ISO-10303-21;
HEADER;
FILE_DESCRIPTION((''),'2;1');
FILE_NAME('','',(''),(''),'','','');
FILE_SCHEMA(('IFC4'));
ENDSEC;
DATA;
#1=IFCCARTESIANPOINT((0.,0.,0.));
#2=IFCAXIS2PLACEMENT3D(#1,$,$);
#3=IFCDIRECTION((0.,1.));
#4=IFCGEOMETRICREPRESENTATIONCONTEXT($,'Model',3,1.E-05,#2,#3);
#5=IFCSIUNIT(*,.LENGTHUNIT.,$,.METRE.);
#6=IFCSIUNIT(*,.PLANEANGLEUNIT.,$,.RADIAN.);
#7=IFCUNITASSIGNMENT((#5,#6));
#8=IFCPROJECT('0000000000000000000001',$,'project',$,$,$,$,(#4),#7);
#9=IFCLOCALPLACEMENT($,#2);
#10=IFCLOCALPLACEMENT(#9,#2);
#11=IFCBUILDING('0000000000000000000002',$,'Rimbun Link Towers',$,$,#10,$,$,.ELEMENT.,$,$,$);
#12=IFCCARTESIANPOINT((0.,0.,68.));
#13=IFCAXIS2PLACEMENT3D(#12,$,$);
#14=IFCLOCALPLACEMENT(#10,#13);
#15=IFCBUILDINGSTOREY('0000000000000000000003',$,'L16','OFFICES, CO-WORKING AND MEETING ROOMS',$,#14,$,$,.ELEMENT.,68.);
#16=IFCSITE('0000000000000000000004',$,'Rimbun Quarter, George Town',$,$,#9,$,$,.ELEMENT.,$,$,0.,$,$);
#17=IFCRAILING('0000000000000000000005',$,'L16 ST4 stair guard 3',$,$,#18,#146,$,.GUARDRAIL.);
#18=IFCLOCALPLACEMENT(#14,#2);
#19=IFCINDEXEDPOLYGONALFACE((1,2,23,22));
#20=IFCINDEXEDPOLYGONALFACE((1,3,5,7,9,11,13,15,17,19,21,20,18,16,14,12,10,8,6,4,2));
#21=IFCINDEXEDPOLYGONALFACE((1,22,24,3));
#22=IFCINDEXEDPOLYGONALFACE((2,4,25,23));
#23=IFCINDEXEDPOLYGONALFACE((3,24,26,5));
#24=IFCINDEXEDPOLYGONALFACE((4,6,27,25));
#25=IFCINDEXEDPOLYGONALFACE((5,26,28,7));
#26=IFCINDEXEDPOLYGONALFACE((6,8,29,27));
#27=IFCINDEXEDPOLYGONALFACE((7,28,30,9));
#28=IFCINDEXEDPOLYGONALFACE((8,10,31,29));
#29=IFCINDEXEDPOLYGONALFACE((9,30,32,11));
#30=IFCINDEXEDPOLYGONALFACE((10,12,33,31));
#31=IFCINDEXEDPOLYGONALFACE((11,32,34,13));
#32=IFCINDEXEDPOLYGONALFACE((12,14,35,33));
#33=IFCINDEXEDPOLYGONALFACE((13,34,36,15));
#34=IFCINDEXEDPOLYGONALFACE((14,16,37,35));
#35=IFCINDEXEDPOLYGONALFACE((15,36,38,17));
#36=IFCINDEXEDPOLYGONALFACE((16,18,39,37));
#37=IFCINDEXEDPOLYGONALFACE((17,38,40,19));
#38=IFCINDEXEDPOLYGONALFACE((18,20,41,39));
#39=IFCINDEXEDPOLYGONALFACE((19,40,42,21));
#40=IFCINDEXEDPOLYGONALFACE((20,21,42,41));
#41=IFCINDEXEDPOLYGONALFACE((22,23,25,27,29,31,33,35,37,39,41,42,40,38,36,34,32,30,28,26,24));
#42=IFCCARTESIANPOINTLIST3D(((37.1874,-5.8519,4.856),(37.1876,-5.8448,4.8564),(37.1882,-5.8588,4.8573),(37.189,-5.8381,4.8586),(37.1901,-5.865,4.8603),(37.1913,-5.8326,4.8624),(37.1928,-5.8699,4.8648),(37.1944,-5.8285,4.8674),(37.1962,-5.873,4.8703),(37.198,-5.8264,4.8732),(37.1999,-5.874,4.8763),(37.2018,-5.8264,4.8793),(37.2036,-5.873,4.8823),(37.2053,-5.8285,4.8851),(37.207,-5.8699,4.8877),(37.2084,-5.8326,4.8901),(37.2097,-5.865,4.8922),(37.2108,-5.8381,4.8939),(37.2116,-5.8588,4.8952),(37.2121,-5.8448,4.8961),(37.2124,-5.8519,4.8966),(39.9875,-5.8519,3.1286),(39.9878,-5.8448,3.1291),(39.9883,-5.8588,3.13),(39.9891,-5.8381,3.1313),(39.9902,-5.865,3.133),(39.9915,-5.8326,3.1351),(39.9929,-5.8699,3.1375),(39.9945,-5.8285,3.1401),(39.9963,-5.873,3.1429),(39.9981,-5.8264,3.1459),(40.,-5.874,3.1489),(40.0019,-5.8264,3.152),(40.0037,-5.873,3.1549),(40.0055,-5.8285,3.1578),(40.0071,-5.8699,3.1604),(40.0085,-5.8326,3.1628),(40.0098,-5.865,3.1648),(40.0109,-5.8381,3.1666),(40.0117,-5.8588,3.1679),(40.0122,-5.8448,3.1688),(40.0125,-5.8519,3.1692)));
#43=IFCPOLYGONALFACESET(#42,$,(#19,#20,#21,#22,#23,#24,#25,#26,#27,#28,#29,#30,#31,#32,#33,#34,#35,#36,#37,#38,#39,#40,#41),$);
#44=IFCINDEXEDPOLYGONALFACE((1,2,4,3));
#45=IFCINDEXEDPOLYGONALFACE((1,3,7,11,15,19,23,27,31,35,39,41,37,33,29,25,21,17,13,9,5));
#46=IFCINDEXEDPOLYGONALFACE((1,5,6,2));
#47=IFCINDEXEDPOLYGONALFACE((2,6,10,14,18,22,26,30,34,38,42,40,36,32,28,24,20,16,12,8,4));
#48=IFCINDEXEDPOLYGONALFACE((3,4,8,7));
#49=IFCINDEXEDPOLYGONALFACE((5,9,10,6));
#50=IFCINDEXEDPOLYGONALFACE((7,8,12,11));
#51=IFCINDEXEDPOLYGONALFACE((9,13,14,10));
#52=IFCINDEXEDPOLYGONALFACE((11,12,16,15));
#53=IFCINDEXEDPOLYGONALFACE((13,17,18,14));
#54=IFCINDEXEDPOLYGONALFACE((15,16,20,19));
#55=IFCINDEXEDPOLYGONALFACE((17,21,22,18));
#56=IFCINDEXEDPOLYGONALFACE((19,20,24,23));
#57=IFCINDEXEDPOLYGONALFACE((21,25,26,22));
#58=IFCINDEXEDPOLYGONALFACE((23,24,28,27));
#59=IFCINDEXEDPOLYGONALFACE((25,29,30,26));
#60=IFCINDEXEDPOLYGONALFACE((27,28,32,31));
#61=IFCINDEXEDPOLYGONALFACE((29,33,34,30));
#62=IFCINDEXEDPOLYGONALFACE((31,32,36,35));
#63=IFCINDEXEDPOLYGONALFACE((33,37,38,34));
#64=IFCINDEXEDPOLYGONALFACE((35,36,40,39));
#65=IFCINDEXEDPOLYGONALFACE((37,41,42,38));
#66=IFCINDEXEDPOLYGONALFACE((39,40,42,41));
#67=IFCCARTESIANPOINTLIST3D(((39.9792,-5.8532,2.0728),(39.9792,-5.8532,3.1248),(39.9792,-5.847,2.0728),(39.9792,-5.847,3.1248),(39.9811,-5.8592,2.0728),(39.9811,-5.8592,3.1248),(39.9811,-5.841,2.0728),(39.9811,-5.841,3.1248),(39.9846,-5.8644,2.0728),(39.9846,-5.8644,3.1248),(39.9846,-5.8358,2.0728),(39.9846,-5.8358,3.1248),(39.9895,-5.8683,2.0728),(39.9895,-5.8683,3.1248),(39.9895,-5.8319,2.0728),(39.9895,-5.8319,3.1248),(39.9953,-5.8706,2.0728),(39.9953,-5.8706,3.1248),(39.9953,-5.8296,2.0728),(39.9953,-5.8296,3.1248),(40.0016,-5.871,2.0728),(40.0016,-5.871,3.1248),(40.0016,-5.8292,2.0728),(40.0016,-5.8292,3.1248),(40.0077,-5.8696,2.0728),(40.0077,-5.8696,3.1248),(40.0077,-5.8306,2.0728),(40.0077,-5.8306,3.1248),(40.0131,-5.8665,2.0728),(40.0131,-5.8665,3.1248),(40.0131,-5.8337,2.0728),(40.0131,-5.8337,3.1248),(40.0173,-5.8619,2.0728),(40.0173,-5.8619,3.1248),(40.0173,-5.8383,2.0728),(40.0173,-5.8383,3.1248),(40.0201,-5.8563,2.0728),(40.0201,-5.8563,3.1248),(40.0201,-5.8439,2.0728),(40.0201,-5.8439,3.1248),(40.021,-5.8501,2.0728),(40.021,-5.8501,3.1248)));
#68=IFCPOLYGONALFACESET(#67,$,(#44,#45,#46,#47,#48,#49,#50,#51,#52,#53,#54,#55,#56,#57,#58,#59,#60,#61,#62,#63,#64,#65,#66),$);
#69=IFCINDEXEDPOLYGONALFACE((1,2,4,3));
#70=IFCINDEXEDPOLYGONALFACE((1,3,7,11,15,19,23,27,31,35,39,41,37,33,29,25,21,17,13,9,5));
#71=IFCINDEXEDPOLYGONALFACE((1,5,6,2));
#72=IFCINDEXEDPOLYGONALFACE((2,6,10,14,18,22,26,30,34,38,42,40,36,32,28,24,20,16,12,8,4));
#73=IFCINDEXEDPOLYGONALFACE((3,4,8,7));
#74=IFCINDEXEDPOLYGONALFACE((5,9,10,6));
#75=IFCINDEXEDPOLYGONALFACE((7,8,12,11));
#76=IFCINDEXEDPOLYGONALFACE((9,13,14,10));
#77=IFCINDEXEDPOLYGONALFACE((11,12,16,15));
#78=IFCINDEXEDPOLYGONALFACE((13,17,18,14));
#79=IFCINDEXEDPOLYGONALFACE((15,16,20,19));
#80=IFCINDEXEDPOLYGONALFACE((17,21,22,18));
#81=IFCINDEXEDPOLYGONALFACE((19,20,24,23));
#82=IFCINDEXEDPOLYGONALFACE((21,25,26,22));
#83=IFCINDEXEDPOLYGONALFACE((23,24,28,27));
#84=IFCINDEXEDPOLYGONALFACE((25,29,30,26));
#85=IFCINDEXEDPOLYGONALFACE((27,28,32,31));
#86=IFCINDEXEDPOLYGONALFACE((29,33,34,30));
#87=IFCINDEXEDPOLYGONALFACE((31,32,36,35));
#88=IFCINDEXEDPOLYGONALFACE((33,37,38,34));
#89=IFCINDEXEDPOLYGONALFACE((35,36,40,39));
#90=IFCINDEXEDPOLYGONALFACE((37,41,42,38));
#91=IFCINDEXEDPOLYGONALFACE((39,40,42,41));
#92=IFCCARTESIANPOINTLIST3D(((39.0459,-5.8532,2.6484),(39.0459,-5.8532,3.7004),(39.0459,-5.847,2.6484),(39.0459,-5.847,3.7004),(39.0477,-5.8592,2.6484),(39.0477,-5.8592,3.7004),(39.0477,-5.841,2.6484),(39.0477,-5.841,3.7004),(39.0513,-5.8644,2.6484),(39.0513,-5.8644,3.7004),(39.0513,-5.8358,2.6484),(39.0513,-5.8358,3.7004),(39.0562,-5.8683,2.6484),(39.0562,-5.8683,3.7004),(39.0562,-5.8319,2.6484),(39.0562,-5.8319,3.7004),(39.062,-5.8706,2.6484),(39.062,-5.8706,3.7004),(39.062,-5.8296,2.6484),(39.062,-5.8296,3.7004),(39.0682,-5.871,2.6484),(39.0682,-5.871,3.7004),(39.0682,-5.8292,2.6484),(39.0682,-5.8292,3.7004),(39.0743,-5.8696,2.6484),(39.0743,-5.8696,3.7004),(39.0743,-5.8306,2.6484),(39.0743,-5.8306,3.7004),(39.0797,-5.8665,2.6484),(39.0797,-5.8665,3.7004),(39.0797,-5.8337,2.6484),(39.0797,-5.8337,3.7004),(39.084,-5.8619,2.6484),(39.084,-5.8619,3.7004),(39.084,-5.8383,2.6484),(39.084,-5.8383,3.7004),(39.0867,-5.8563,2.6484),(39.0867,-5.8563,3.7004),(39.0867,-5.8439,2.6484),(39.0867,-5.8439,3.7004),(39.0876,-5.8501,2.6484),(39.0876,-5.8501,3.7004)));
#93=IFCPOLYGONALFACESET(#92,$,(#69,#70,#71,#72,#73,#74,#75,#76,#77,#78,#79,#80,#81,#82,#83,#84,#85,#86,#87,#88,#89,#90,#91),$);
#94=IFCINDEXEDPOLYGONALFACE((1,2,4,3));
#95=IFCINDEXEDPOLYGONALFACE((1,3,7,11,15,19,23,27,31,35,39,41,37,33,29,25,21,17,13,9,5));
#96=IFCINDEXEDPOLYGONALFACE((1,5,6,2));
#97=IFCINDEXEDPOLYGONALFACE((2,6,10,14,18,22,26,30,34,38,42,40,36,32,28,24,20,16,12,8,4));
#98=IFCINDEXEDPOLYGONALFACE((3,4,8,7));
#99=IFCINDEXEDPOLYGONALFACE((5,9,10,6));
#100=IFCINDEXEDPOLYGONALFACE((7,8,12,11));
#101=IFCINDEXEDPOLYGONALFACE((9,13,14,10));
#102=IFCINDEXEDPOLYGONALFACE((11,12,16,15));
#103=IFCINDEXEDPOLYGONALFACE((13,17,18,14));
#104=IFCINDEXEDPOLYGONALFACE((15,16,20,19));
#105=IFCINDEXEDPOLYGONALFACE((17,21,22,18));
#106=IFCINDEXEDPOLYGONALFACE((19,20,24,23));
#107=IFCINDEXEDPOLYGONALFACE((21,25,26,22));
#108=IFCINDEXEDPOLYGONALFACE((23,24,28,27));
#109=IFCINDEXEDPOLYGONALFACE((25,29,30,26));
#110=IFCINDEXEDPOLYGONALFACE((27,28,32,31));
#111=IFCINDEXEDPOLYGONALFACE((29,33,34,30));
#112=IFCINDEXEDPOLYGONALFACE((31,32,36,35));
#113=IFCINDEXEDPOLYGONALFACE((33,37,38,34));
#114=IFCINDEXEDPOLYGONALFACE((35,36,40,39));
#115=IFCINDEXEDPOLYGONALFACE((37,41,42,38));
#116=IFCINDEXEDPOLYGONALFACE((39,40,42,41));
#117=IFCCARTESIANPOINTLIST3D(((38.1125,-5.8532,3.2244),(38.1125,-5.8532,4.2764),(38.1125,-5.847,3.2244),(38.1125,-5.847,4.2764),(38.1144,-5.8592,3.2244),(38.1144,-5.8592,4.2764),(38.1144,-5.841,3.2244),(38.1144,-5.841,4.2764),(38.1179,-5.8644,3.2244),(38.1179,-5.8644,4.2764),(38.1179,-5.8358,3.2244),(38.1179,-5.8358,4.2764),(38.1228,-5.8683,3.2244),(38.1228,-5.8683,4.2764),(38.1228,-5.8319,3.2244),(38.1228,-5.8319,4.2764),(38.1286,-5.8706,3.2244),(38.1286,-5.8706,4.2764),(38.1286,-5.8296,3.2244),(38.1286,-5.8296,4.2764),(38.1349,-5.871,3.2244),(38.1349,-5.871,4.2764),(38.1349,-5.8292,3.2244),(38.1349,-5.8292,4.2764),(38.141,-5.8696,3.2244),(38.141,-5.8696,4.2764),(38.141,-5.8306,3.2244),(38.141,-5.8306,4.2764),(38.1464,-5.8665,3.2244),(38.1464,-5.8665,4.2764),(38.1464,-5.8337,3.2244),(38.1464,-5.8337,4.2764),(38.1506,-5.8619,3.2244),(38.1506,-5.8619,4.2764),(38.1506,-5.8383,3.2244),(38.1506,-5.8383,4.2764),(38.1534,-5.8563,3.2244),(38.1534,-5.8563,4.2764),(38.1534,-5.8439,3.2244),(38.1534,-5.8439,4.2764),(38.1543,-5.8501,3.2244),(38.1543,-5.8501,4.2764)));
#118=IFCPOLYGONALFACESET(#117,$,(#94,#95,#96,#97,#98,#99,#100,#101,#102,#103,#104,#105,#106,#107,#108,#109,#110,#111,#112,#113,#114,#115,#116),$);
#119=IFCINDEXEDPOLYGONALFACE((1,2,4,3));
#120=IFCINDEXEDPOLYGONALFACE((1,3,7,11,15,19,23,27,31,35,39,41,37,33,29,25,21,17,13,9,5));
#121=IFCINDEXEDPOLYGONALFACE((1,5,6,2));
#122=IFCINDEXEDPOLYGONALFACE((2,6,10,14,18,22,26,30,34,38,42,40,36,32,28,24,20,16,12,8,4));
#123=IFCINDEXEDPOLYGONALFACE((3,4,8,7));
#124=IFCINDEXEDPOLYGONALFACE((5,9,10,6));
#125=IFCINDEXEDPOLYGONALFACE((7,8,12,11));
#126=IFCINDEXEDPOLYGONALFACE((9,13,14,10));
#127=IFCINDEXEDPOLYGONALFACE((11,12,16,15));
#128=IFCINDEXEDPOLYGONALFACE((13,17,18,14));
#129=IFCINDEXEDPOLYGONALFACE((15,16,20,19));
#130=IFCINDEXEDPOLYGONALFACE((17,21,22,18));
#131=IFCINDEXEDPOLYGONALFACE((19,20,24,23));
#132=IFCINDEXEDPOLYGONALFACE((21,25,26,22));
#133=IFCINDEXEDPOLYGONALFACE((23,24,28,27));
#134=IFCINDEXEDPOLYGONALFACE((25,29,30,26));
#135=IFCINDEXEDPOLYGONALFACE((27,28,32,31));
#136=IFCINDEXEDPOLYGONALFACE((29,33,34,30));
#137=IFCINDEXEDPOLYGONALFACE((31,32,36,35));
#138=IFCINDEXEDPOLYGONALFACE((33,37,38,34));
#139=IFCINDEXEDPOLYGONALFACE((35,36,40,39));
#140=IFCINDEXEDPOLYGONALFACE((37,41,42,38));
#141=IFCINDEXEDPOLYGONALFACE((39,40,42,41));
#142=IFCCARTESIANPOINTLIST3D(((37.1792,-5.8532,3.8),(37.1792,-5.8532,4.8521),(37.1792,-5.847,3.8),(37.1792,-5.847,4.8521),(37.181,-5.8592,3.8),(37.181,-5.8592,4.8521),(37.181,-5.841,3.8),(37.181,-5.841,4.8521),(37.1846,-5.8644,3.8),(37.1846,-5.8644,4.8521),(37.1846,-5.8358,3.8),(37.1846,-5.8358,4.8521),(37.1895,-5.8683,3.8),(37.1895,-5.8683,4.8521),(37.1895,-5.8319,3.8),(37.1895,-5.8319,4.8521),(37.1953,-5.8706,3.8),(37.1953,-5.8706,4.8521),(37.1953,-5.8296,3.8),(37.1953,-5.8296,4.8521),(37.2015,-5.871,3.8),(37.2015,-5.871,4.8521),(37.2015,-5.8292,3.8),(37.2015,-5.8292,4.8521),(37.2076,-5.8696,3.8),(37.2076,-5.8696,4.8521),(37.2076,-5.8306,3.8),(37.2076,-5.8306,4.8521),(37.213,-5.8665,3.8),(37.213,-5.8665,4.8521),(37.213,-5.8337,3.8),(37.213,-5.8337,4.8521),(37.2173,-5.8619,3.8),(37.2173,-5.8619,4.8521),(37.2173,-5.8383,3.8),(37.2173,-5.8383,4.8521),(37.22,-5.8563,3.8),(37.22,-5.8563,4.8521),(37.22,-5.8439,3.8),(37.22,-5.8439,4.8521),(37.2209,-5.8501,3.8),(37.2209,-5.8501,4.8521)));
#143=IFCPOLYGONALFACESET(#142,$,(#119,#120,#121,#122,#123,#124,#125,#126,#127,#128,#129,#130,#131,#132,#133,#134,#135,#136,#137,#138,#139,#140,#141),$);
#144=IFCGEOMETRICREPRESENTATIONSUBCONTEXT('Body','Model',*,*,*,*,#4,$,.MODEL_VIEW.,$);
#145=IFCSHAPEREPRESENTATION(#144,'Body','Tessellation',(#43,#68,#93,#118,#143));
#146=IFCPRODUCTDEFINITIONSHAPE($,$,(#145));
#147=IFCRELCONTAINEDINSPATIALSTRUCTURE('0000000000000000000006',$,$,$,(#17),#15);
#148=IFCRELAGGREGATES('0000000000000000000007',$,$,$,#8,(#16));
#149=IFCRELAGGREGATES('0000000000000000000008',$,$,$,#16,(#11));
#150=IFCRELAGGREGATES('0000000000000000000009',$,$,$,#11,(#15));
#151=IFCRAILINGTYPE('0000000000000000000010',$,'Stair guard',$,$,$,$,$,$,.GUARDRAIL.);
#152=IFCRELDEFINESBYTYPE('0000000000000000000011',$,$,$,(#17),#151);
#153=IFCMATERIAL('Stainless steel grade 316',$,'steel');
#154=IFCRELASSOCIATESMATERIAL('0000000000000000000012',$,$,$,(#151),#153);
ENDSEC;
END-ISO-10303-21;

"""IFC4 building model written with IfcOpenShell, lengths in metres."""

from ifc_helpers import new_model, si_unit, direction, frame, origin, origin_2d, place, context, subcontext, project, spatial, circle, extrude, material, type_object, element, save


model = new_model("IFC4")

# Units and contexts
model_context = context("Model", 3, precision=1e-05, world=origin(), true_north=direction((0.0, 1.0)))
body_context = subcontext(model_context, "Body", "Model", "MODEL_VIEW")
ifc_project = project(units=[si_unit("LENGTHUNIT", "METRE"), si_unit("PLANEANGLEUNIT", "RADIAN")], contexts=[model_context])

# Site, building, storey
site_placement = place(None, origin())
site = spatial("IfcSite", under=ifc_project, at=site_placement, Name="Rimbun Quarter, George Town", CompositionType="ELEMENT", RefElevation=0.0)
building_placement = place(site_placement, origin())
building = spatial("IfcBuilding", under=site, at=building_placement, Name="Rimbun Link Towers", CompositionType="ELEMENT")
storey_placement = place(building_placement, frame((0.0, 0.0, 68.0)))
storey = spatial("IfcBuildingStorey", under=building, at=storey_placement, Name="L16", Description="OFFICES, CO-WORKING AND MEETING ROOMS", CompositionType="ELEMENT", Elevation=68.0)

# Railing
ifc_material_1 = material(Name="Stainless steel grade 316", Category="steel")
railing_type = type_object("IfcRailingType", Name="Stair guard", PredefinedType="GUARDRAIL", material=ifc_material_1)
railing_1_placement = place(storey_placement, frame((40.0, -5.8501, 2.0728)))
element("IfcRailing", 1, at=railing_1_placement, inside=storey, type_object=railing_type, Name="L16 ST4 stair guard 3", PredefinedType="GUARDRAIL", context=body_context, shape_type="SweptSolid", body=[
    extrude(circle(Radius=0.0239, at=origin_2d()), frame((0.0, 0.0, 1.0762), z_axis=(-0.85109, 0.0, 0.52502), x_axis=(0.0, -1.0, 0.0)), (0.0, 0.0, 1.0), 3.29),
    extrude(circle(Radius=0.021, at=origin_2d()), origin(), (0.0, 0.0, 1.0), 1.052),
    extrude(circle(Radius=0.021, at=origin_2d()), frame((-0.9333, 0.0, 0.5757)), (0.0, 0.0, 1.0), 1.052),
    extrude(circle(Radius=0.021, at=origin_2d()), frame((-1.8667, 0.0, 1.1516)), (0.0, 0.0, 1.0), 1.052),
    extrude(circle(Radius=0.021, at=origin_2d()), frame((-2.8, 0.0, 1.7273)), (0.0, 0.0, 1.0), 1.052),
])

save(model, "model.ifc")
